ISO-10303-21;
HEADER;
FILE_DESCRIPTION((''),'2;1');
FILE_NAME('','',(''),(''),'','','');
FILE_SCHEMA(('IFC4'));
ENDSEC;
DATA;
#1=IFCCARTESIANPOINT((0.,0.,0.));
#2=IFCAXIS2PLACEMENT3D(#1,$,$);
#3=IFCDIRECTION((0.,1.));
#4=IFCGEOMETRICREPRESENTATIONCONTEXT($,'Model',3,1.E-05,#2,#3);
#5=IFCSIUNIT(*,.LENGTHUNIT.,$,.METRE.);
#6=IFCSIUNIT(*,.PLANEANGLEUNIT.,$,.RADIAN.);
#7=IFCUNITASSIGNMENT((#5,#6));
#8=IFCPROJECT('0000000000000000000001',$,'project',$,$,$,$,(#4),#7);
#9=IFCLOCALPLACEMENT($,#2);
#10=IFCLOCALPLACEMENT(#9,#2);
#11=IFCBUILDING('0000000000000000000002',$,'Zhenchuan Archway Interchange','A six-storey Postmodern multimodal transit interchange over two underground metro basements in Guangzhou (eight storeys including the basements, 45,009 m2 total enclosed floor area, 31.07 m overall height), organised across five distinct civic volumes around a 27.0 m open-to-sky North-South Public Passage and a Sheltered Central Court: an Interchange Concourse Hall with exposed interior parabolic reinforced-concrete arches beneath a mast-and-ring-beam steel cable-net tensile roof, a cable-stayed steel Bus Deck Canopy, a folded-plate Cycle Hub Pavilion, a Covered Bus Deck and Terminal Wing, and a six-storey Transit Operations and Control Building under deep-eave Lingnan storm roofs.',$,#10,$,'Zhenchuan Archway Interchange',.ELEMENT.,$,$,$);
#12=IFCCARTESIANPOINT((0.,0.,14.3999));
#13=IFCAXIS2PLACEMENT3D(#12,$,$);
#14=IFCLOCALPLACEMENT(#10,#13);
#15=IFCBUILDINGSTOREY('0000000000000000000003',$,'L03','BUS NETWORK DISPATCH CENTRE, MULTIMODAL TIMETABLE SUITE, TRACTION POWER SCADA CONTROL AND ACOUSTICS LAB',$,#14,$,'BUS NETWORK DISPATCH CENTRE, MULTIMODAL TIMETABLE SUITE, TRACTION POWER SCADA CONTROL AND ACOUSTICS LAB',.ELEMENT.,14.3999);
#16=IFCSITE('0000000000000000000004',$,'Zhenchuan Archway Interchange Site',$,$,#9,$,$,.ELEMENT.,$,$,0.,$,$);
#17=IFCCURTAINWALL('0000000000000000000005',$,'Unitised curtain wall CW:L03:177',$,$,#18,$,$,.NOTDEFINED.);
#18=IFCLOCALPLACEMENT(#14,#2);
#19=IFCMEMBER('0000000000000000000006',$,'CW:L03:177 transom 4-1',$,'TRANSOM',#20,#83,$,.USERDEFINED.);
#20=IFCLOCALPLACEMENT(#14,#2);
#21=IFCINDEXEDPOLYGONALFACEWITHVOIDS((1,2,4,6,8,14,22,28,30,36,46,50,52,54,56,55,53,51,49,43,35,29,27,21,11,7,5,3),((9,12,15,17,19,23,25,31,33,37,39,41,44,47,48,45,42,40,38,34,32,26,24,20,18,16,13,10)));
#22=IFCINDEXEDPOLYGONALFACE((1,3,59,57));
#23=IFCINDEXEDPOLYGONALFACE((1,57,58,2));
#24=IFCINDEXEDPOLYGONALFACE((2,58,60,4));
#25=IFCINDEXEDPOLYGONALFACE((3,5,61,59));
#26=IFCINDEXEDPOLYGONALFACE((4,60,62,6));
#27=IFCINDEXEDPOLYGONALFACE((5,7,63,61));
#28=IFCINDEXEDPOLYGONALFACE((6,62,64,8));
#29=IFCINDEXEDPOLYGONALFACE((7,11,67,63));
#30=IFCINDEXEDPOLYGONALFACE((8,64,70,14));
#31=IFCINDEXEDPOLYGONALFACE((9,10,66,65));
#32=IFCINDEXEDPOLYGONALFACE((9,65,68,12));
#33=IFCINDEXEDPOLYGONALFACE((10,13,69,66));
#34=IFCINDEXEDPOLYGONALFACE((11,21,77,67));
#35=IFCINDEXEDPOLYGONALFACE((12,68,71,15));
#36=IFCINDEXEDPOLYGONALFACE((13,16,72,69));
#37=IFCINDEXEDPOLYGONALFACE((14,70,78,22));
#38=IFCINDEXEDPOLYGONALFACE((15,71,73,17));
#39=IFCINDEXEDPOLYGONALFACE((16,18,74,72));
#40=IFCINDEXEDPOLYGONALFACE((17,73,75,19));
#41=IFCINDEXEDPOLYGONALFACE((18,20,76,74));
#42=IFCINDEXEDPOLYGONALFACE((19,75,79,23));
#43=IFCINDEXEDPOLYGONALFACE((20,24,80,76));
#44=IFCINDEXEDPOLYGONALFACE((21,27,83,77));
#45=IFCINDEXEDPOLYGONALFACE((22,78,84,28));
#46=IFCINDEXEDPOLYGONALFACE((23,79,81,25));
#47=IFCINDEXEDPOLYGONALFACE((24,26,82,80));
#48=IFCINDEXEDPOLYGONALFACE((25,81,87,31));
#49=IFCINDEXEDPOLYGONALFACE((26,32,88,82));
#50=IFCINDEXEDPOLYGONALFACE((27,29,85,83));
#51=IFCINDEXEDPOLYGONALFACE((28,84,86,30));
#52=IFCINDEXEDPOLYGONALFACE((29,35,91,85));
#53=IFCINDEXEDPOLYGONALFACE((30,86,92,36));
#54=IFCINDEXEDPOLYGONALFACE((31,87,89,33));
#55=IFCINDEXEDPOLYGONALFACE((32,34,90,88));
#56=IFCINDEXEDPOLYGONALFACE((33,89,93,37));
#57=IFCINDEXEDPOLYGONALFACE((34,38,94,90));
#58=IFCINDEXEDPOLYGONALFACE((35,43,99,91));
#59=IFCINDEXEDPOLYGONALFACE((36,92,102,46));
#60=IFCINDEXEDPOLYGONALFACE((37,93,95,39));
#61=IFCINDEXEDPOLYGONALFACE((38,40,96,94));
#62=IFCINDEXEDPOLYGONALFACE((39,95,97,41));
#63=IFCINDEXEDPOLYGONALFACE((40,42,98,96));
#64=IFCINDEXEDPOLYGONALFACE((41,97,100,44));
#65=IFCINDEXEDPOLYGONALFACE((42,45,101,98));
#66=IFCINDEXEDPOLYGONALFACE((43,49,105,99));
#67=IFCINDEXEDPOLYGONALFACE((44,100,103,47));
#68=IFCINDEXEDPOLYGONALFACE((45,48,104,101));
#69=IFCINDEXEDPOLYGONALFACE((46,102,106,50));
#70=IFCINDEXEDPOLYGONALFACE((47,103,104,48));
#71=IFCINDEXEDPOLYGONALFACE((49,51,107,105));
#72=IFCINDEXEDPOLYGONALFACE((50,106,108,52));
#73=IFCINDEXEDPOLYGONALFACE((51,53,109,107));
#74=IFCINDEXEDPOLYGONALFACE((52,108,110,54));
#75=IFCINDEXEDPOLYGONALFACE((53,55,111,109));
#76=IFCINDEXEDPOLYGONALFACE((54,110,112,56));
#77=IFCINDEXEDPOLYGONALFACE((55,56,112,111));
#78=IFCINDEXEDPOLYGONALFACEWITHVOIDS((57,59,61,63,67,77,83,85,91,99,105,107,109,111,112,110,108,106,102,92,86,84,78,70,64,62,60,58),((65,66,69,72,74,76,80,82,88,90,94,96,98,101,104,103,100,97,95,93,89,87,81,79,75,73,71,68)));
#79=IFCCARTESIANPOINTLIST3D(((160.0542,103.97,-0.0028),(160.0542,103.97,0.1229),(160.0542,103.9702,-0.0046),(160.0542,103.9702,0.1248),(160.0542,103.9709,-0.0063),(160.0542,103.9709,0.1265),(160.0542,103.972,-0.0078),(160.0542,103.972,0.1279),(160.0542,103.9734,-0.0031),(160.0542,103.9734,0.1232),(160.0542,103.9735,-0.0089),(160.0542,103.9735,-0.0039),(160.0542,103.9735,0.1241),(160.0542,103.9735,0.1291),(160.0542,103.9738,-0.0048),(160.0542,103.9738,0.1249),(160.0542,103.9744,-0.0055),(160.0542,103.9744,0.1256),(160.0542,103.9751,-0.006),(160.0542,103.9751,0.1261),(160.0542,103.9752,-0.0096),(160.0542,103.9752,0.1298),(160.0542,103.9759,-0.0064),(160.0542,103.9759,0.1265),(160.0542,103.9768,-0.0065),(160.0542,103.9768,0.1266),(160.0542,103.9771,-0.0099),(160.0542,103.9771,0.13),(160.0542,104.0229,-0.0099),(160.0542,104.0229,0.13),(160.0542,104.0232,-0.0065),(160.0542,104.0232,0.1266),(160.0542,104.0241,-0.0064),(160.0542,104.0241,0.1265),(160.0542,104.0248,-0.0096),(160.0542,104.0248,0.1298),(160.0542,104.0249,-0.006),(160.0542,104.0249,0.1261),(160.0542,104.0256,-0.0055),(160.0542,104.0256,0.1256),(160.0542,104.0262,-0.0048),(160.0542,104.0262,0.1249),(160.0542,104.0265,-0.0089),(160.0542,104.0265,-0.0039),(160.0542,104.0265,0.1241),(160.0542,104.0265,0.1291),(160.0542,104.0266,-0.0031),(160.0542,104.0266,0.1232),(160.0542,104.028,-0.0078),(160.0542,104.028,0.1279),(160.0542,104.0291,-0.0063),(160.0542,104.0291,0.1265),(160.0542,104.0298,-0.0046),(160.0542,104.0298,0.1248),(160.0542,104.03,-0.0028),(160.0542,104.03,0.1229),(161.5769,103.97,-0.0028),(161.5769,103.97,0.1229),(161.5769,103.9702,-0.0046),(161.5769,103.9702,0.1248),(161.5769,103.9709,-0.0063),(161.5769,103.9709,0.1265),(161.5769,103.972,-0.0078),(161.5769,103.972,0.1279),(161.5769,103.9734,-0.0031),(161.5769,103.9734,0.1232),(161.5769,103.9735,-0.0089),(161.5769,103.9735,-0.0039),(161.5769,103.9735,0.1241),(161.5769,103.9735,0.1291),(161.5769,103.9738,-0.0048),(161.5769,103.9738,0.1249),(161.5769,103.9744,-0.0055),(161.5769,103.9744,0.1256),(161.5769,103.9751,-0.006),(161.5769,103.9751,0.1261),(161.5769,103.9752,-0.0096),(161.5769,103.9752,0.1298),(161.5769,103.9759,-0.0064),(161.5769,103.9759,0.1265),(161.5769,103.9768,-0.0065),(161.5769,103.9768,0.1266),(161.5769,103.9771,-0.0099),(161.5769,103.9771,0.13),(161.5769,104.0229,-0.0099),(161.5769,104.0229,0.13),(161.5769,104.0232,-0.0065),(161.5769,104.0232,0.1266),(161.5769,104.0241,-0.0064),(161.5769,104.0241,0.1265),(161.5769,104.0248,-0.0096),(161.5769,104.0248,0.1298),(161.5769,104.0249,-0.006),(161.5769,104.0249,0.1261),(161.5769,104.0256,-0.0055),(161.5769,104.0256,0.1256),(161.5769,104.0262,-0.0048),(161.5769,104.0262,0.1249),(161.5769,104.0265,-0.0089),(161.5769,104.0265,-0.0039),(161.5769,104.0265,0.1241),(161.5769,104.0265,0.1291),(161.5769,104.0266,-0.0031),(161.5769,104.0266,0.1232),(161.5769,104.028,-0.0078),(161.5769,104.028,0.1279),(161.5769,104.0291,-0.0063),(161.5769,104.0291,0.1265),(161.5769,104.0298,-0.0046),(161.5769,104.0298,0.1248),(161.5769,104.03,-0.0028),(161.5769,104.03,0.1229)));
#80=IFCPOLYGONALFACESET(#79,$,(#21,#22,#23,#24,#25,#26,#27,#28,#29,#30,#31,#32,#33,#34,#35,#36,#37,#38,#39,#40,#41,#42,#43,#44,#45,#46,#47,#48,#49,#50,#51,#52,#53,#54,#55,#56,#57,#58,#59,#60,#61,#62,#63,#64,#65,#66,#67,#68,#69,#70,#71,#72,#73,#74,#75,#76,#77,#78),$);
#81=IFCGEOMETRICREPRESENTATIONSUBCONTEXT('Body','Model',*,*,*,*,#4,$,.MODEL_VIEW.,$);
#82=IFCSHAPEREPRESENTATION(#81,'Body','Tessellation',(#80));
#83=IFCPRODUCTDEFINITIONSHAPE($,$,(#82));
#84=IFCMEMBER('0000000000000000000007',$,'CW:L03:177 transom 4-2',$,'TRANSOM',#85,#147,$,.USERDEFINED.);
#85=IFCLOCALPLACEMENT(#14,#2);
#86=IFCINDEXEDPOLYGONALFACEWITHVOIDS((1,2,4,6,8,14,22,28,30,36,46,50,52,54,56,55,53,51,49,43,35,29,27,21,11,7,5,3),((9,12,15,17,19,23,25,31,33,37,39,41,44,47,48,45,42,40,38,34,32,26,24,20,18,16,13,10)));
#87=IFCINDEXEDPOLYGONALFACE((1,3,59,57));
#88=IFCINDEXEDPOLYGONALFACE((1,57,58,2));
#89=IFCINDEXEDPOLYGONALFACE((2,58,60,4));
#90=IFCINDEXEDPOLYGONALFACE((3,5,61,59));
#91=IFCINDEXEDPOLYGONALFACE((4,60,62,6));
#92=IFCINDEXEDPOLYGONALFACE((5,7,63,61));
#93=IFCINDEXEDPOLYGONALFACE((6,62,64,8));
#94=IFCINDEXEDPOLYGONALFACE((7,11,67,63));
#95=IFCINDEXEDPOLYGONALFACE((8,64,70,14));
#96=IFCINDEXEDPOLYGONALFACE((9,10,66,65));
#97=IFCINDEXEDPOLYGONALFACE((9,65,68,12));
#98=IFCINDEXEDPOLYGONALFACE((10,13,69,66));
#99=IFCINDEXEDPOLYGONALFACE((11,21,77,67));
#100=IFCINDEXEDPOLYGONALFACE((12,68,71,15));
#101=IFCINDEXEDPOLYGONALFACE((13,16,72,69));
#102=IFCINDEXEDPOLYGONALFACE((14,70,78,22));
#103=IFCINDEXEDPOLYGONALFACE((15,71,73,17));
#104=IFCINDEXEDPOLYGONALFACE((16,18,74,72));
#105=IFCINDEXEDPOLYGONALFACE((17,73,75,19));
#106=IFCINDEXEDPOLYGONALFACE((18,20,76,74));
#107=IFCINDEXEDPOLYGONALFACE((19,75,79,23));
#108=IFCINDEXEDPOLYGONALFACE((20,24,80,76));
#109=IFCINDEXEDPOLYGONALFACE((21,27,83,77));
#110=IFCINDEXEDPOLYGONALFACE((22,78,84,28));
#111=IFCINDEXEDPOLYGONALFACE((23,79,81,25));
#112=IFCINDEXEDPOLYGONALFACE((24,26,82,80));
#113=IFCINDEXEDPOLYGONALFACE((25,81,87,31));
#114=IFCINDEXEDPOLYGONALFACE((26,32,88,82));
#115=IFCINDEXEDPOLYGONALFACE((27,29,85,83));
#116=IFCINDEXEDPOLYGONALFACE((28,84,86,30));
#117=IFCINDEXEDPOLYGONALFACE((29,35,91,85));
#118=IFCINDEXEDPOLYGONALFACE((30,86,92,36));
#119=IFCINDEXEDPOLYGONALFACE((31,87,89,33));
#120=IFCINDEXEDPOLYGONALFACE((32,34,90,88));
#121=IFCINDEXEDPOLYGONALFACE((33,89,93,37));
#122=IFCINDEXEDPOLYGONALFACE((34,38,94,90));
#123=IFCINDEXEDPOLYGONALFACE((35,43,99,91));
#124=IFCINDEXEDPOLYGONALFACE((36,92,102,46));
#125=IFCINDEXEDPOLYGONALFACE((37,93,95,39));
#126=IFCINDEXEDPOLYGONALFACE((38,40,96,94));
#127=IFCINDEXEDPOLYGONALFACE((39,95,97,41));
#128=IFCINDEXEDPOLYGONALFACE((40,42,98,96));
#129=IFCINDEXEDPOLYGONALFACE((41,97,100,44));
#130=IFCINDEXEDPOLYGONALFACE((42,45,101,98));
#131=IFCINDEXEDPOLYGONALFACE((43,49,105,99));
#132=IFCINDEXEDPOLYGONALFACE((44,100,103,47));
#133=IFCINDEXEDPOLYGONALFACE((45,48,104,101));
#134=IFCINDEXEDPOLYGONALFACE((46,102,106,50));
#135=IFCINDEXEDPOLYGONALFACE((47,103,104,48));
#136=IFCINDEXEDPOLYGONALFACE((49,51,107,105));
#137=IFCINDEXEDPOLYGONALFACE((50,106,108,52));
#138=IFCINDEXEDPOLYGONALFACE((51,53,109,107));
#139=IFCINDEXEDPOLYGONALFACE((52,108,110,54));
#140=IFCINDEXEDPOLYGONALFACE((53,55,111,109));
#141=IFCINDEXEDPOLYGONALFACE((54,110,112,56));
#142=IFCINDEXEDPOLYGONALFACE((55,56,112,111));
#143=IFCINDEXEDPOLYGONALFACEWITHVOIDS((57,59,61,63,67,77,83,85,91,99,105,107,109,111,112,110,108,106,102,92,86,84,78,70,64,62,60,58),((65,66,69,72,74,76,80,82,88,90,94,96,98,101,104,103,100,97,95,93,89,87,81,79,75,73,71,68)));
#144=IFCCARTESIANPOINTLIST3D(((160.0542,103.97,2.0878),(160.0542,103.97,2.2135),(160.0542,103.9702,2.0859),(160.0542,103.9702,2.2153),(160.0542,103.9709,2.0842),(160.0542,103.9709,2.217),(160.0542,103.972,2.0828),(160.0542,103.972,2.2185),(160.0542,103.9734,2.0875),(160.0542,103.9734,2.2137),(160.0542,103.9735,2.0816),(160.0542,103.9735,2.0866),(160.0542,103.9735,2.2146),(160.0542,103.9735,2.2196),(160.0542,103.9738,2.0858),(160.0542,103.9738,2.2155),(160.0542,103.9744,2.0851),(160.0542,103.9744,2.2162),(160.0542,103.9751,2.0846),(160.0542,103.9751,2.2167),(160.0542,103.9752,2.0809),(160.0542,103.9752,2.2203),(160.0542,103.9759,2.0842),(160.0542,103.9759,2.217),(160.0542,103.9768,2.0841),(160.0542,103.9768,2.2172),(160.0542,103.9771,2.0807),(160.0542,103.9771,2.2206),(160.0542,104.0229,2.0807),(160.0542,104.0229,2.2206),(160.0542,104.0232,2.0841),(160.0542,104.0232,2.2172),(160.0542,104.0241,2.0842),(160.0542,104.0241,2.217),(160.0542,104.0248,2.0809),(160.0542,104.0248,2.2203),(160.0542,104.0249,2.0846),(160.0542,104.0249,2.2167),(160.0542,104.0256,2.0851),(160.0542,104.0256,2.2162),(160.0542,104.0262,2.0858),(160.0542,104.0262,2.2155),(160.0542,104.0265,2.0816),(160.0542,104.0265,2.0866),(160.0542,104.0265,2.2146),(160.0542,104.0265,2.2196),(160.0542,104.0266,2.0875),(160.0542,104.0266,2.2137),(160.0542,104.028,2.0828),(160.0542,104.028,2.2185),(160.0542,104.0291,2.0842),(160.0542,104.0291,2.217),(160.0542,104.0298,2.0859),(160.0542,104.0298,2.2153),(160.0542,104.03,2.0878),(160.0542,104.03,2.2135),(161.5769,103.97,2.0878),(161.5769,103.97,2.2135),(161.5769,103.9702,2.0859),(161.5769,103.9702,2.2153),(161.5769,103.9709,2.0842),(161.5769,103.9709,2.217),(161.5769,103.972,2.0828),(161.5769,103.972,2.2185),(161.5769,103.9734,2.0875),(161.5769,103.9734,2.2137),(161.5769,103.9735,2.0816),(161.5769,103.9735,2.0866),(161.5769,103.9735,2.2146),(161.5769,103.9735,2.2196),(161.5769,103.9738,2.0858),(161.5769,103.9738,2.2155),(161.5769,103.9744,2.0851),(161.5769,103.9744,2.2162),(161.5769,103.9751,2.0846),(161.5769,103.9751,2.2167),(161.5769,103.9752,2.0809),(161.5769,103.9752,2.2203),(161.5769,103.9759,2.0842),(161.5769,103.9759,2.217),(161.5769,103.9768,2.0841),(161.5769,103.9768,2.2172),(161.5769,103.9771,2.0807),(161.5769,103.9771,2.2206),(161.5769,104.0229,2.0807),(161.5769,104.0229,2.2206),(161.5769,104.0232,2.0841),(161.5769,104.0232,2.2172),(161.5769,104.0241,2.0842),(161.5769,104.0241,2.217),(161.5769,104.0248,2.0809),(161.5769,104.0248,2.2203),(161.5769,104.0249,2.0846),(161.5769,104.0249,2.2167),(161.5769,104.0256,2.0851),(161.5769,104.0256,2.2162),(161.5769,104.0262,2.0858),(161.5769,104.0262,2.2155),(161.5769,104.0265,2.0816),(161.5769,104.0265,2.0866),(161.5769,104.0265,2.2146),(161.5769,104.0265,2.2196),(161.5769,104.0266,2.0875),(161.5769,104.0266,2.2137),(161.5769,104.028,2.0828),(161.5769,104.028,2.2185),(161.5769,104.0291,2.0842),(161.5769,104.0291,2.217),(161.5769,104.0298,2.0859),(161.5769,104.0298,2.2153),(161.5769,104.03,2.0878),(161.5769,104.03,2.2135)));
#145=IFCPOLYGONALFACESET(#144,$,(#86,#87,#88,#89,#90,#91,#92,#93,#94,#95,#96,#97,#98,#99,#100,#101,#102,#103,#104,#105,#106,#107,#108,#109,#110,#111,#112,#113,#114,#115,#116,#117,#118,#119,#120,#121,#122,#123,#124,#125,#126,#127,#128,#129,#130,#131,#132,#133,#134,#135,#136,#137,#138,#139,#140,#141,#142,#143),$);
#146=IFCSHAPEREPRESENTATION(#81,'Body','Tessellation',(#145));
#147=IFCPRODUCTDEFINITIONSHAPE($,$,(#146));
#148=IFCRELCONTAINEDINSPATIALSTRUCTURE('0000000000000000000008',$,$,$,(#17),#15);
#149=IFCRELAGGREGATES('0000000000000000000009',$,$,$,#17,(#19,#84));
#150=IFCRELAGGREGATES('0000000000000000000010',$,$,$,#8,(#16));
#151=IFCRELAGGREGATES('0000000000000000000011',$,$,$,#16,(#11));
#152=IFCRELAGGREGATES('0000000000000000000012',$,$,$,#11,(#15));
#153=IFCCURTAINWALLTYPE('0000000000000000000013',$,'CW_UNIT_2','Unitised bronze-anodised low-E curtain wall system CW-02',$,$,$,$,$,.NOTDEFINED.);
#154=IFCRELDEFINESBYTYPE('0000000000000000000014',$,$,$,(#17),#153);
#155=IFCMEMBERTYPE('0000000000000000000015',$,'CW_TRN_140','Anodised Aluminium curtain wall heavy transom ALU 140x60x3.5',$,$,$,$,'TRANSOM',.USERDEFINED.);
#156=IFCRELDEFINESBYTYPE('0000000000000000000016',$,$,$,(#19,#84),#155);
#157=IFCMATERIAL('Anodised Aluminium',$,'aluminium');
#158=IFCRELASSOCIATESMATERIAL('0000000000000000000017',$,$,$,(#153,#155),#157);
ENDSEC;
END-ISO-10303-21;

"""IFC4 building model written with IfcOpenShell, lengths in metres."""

from ifc_helpers import new_model, si_unit, direction, frame, origin, origin_2d, place, context, subcontext, project, spatial, hollow_rectangle, extrude, material, material_profile, profile_set, type_object, element, aggregate, save


model = new_model("IFC4")

# Units and contexts
model_context = context("Model", 3, precision=1e-05, world=origin(), true_north=direction((0.0, 1.0)))
body_context = subcontext(model_context, "Body", "Model", "MODEL_VIEW")
ifc_project = project(units=[si_unit("LENGTHUNIT", "METRE"), si_unit("PLANEANGLEUNIT", "RADIAN")], contexts=[model_context])

# Site, building, storey
site_placement = place(None, origin())
site = spatial("IfcSite", under=ifc_project, at=site_placement, Name="Zhenchuan Archway Interchange Site", CompositionType="ELEMENT", RefElevation=0.0)
building_placement = place(site_placement, origin())
building = spatial("IfcBuilding", under=site, at=building_placement, Name="Zhenchuan Archway Interchange", Description="A six-storey Postmodern multimodal transit interchange over two underground metro basements in Guangzhou (eight storeys including the basements, 45,009 m2 total enclosed floor area, 31.07 m overall height), organised across five distinct civic volumes around a 27.0 m open-to-sky North-South Public Passage and a Sheltered Central Court: an Interchange Concourse Hall with exposed interior parabolic reinforced-concrete arches beneath a mast-and-ring-beam steel cable-net tensile roof, a cable-stayed steel Bus Deck Canopy, a folded-plate Cycle Hub Pavilion, a Covered Bus Deck and Terminal Wing, and a six-storey Transit Operations and Control Building under deep-eave Lingnan storm roofs.", LongName="Zhenchuan Archway Interchange", CompositionType="ELEMENT")
storey_placement = place(building_placement, frame((0.0, 0.0, 14.3999)))
storey = spatial("IfcBuildingStorey", under=building, at=storey_placement, Name="L03", Description="BUS NETWORK DISPATCH CENTRE, MULTIMODAL TIMETABLE SUITE, TRACTION POWER SCADA CONTROL AND ACOUSTICS LAB", LongName="BUS NETWORK DISPATCH CENTRE, MULTIMODAL TIMETABLE SUITE, TRACTION POWER SCADA CONTROL AND ACOUSTICS LAB", CompositionType="ELEMENT", Elevation=14.3999)

# Curtain wall
ifc_material_1 = material(Name="Anodised Aluminium", Category="aluminium")
curtain_wall_type_1 = type_object("IfcCurtainWallType", Name="CW_UNIT_2", Description="Unitised bronze-anodised low-E curtain wall system CW-02", PredefinedType="NOTDEFINED", material=ifc_material_1)
curtain_wall_1_placement = place(storey_placement, origin())
curtain_wall_1 = element("IfcCurtainWall", 1, at=curtain_wall_1_placement, inside=storey, type_object=curtain_wall_type_1, Name="Unitised curtain wall CW:L03:177", PredefinedType="NOTDEFINED")

# Members
ifc_material_profile_1 = material_profile(ifc_material_1, hollow_rectangle(XDim=0.0601, YDim=0.1399, WallThickness=0.0034, InnerFilletRadius=0.0034, OuterFilletRadius=0.0071, at=origin_2d()), Name="ALU 140x60x3.5")
ifc_profile_set_1 = profile_set([ifc_material_profile_1], Name="Anodised Aluminium")
member_type_1 = type_object("IfcMemberType", Name="CW_TRN_140", Description="Anodised Aluminium curtain wall heavy transom ALU 140x60x3.5", ElementType="TRANSOM", PredefinedType="USERDEFINED", material=ifc_profile_set_1)
member_1_placement = place(storey_placement, frame((160.0542, 104.0, 0.0601), z_axis=(1.0, 0.0, 0.0), x_axis=(0.0, 1.0, 0.0)))
member_1 = element("IfcMember", 2, at=member_1_placement, type_object=member_type_1, Name="CW:L03:177 transom 4-1", ObjectType="TRANSOM", PredefinedType="USERDEFINED", context=body_context, shape_type="SweptSolid", body=[
    extrude(hollow_rectangle(XDim=0.0601, YDim=0.1399, WallThickness=0.0034, InnerFilletRadius=0.0034, OuterFilletRadius=0.0071, at=origin_2d()), origin(), (0.0, 0.0, 1.0), 1.5227),
])
member_2_placement = place(storey_placement, frame((160.0542, 104.0, 2.1506), z_axis=(1.0, 0.0, 0.0), x_axis=(0.0, 1.0, 0.0)))
member_2 = element("IfcMember", 3, at=member_2_placement, type_object=member_type_1, Name="CW:L03:177 transom 4-2", ObjectType="TRANSOM", PredefinedType="USERDEFINED", context=body_context, shape_type="SweptSolid", body=[
    extrude(hollow_rectangle(XDim=0.0601, YDim=0.1399, WallThickness=0.0034, InnerFilletRadius=0.0034, OuterFilletRadius=0.0071, at=origin_2d()), origin(), (0.0, 0.0, 1.0), 1.5227),
])

aggregate(curtain_wall_1, [member_1, member_2])

save(model, "model.ifc")
